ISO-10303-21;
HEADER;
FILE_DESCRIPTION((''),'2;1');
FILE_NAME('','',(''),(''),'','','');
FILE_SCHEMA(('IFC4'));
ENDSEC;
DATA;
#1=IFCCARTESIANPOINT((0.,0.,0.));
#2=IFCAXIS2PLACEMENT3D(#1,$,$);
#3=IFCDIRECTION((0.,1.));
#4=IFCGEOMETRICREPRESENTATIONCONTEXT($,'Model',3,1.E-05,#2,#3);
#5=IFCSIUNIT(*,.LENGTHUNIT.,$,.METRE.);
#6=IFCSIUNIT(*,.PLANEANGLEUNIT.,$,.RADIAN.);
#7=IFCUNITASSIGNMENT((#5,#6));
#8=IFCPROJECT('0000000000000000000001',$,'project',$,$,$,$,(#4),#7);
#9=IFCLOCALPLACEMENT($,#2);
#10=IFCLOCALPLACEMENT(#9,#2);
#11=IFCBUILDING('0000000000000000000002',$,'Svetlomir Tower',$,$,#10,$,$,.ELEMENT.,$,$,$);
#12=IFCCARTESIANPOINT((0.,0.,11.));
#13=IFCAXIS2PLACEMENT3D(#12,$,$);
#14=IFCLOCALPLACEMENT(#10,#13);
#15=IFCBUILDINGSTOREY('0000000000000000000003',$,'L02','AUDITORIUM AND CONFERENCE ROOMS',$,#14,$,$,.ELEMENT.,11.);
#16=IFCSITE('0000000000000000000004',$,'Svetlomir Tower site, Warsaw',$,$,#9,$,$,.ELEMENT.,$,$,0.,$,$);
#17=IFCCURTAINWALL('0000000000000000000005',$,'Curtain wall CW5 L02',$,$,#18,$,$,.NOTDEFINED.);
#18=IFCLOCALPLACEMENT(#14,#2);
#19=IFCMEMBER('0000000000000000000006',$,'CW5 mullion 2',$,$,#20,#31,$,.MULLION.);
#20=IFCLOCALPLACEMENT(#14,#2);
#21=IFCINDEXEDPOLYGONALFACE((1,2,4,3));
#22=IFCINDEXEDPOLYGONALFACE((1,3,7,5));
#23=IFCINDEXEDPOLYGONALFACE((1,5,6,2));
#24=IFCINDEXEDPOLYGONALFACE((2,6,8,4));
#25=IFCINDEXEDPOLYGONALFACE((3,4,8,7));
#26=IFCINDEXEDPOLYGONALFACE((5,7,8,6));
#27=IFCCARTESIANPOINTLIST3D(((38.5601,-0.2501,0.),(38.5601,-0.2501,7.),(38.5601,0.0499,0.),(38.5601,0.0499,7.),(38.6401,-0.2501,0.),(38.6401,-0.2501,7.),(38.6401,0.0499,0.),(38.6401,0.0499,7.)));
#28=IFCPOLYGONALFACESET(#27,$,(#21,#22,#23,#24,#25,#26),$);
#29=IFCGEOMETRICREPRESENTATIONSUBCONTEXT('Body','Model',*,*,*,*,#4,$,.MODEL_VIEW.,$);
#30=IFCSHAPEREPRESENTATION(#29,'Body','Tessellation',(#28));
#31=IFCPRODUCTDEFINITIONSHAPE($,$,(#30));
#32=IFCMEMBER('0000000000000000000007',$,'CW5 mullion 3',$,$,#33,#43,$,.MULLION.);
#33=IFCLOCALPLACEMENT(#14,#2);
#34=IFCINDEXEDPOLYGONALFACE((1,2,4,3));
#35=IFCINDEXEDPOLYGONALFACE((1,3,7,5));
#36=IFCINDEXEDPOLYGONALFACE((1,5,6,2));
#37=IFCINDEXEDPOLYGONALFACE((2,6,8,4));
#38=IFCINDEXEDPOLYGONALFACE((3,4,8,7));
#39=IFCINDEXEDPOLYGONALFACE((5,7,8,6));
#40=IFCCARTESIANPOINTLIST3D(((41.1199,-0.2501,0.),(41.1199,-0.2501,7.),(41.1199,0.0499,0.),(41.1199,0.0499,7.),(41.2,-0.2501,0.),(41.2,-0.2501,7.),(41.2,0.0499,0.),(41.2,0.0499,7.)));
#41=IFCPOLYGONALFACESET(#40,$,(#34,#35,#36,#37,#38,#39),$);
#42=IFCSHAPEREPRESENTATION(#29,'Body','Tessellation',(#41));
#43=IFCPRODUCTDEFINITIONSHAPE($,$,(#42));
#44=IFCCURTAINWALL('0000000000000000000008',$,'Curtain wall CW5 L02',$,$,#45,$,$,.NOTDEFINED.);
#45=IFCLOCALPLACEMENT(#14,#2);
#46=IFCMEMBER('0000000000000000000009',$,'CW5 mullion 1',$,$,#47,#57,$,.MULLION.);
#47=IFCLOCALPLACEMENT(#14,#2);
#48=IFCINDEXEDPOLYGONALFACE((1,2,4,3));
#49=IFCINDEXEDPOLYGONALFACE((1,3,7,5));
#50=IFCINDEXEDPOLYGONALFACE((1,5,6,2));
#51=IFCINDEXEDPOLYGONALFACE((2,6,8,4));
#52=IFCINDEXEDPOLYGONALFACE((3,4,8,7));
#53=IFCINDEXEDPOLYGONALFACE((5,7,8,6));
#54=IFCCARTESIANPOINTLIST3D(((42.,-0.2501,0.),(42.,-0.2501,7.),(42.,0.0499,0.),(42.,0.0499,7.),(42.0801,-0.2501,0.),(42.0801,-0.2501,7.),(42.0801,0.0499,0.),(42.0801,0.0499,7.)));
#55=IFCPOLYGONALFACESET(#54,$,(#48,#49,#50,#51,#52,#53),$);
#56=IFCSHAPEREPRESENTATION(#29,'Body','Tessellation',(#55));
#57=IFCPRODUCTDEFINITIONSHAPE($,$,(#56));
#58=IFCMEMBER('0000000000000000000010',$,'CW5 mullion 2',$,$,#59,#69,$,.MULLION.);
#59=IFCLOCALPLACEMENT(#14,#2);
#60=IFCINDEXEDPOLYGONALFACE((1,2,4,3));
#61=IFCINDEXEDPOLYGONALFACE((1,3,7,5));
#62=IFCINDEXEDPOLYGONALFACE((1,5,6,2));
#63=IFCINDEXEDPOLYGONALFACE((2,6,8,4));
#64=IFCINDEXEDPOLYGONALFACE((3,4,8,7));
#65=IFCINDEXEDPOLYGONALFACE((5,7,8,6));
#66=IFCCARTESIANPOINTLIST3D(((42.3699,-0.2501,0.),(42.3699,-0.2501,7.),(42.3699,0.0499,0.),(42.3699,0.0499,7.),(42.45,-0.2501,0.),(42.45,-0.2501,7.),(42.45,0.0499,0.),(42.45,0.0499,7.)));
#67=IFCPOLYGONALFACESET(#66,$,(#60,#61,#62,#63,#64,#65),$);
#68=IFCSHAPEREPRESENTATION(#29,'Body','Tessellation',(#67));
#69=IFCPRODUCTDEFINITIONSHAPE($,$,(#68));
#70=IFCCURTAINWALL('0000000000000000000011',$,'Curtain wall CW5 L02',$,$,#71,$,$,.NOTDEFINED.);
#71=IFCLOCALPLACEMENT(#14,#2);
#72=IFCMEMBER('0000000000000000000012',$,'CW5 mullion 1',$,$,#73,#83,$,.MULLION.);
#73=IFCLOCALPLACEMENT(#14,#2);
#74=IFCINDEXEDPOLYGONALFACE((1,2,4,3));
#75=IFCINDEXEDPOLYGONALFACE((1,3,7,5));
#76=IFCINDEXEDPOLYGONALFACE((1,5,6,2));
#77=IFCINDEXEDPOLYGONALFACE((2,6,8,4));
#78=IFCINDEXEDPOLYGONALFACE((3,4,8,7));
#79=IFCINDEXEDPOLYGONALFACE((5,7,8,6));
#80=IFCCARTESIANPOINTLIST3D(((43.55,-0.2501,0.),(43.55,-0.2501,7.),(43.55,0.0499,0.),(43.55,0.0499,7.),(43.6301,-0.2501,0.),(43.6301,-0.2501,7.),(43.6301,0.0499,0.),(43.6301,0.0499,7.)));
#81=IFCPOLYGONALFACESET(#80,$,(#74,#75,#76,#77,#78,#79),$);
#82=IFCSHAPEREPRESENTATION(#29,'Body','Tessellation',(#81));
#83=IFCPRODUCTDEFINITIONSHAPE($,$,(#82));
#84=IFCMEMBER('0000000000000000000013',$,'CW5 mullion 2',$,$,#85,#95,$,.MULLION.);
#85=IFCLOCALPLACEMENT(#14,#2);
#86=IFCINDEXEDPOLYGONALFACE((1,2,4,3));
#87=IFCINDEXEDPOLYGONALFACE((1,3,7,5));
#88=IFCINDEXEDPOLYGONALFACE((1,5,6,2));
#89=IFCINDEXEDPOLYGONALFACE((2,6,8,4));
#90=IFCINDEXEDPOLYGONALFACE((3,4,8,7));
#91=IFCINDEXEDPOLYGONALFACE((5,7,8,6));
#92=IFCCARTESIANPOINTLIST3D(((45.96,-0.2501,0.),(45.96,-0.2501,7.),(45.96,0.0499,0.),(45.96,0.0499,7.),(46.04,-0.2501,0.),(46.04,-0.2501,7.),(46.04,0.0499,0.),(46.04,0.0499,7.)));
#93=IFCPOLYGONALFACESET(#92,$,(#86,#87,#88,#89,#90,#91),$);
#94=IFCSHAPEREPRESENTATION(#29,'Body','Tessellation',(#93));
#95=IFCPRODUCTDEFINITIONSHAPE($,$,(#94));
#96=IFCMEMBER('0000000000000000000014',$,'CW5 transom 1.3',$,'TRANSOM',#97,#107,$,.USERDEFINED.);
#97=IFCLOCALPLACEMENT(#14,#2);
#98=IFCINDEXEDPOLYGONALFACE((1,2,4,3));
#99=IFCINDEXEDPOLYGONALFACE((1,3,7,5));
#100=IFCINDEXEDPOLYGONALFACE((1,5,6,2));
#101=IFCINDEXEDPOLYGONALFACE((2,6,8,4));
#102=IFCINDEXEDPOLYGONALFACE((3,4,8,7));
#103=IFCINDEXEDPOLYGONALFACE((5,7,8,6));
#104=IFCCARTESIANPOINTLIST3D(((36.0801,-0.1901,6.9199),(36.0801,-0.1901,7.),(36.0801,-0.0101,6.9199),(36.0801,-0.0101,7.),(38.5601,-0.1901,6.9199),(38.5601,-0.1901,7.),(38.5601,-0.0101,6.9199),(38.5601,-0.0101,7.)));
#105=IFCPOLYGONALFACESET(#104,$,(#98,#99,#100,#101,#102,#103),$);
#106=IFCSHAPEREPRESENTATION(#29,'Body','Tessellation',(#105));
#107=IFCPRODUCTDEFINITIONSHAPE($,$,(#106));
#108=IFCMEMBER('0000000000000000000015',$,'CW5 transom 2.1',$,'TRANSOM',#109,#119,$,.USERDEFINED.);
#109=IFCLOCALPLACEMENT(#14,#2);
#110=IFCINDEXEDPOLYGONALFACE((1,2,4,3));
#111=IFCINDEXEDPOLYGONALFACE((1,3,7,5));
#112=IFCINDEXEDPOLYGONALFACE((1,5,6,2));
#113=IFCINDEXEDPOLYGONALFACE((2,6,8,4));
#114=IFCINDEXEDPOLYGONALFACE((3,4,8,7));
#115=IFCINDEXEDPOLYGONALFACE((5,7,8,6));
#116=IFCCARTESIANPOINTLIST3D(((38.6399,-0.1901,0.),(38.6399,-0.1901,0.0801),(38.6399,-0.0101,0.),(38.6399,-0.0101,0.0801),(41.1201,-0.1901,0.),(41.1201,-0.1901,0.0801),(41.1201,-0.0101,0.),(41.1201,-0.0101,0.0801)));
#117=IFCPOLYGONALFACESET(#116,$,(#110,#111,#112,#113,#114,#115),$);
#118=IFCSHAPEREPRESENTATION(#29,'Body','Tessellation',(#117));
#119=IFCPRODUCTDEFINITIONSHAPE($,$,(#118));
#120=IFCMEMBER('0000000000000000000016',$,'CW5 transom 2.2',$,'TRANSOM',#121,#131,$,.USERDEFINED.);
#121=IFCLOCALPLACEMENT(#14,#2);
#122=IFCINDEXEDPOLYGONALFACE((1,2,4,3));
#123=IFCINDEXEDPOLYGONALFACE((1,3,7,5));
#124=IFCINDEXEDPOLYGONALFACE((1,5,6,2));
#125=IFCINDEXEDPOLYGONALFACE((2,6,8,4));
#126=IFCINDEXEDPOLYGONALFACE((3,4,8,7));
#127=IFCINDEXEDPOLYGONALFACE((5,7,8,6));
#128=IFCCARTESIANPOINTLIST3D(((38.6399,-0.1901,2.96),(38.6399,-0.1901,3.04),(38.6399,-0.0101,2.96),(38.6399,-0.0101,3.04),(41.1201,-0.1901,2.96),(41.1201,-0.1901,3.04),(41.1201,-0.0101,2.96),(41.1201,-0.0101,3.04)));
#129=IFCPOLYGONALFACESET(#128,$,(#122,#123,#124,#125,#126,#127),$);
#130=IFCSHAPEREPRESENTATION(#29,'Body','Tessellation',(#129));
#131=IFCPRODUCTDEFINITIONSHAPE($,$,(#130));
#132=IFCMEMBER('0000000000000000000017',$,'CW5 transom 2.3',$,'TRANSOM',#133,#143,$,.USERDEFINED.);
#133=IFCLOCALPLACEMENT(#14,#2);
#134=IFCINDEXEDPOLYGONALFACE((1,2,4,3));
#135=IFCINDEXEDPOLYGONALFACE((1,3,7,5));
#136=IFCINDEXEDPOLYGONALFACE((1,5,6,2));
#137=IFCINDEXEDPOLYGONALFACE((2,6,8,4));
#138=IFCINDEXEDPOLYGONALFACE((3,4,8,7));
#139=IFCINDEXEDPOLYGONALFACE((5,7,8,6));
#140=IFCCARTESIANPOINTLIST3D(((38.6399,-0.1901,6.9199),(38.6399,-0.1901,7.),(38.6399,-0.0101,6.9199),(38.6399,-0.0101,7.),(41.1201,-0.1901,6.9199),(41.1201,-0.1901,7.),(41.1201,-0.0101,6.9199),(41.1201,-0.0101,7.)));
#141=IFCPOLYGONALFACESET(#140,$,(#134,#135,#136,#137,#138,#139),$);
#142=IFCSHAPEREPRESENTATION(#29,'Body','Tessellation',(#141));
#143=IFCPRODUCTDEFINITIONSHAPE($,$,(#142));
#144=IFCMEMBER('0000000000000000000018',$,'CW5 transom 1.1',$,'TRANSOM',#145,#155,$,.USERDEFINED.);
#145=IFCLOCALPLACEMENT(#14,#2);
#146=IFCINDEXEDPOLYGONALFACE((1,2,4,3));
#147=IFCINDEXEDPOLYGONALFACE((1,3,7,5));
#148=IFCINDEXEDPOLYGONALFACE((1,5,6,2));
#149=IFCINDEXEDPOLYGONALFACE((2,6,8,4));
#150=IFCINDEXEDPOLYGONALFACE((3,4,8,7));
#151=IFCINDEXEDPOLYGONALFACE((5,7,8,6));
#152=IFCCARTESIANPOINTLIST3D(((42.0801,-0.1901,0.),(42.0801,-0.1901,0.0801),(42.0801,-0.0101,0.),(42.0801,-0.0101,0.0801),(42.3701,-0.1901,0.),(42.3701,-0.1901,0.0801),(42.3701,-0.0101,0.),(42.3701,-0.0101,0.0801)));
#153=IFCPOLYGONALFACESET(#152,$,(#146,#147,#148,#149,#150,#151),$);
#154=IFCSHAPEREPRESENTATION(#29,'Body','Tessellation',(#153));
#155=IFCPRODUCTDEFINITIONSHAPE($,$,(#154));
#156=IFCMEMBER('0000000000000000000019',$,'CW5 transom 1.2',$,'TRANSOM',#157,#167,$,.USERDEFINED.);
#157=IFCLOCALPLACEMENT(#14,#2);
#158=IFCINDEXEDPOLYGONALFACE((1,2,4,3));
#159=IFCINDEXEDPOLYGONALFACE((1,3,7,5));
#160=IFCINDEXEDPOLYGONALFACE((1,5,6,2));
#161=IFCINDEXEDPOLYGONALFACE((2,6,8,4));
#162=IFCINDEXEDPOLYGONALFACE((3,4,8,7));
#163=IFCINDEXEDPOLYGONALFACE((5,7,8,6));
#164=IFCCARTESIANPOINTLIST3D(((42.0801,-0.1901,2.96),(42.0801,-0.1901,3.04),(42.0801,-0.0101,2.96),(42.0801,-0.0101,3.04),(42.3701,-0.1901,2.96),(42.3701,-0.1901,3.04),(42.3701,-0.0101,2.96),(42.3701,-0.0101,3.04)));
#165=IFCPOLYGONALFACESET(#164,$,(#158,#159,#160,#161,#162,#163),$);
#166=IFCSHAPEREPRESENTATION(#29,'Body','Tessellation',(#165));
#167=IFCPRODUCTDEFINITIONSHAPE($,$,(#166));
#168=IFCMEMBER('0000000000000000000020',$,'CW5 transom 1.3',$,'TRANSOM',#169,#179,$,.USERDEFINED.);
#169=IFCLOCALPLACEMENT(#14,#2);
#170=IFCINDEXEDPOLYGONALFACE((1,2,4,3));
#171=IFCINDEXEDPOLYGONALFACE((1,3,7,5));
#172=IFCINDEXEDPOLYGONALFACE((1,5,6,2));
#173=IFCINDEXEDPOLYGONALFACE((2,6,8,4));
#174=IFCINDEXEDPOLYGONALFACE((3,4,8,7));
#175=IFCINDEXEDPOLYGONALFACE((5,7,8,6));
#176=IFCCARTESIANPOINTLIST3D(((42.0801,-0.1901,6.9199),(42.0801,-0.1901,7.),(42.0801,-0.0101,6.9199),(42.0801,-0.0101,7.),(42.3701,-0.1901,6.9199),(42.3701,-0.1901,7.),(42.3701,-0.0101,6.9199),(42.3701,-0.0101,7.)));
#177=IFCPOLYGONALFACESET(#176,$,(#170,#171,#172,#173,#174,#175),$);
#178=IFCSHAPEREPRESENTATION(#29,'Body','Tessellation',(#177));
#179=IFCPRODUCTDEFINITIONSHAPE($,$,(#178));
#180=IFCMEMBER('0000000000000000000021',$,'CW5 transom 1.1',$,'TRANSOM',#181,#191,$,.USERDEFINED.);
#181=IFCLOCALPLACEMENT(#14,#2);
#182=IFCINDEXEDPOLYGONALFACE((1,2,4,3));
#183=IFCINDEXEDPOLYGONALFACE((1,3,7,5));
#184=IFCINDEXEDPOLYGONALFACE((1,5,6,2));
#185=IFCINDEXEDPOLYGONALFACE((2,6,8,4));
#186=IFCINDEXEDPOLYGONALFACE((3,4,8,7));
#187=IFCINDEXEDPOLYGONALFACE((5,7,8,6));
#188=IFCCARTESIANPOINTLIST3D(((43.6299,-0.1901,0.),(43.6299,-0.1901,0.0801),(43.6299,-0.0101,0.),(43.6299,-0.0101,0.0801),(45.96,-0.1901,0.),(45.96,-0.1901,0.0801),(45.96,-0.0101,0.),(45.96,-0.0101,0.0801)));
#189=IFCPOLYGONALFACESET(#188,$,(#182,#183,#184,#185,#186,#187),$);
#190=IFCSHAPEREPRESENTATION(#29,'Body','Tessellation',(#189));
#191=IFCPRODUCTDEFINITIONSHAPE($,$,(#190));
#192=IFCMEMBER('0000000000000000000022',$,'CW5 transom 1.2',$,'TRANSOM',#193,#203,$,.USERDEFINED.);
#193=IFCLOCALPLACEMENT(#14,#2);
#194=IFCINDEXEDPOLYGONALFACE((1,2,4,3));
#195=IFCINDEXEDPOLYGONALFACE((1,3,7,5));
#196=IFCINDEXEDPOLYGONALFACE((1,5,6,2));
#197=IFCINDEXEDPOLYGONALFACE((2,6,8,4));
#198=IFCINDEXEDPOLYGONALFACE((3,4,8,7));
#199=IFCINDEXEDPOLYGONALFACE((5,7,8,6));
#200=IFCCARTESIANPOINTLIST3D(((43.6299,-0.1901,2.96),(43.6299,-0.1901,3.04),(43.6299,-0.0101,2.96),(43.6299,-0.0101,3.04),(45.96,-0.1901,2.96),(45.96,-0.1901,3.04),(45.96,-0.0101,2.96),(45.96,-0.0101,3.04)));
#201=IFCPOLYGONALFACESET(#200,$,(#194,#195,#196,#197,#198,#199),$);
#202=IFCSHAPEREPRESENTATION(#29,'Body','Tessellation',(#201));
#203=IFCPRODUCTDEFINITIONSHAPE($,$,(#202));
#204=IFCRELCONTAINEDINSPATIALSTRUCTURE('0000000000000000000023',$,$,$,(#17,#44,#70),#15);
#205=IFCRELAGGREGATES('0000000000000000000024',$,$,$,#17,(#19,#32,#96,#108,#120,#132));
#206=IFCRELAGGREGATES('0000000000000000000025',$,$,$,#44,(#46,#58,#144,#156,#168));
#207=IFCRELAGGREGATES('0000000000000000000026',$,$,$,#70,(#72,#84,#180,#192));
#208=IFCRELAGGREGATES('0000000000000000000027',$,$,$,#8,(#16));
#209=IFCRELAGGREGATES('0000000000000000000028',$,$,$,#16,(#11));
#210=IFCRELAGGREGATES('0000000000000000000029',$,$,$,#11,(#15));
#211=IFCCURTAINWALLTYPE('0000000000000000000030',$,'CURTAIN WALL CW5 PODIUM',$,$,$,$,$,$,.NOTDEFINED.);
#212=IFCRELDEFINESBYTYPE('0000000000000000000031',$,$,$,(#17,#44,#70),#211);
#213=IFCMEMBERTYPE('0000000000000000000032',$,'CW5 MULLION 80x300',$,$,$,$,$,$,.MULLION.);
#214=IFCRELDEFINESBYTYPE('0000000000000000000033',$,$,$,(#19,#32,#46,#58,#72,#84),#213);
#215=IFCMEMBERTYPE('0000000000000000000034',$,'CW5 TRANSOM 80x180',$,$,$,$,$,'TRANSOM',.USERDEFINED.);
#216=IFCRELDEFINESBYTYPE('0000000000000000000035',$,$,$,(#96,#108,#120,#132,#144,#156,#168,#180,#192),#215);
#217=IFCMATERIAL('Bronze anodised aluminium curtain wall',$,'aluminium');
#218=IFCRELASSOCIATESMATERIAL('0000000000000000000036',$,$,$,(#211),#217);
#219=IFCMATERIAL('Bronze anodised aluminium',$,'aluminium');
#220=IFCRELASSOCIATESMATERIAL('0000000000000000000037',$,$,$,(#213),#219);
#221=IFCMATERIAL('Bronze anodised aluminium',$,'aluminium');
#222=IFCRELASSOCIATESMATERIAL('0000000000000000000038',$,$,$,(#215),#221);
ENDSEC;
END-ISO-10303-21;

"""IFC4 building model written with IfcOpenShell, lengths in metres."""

from ifc_helpers import new_model, si_unit, direction, frame, origin, origin_2d, place, context, subcontext, project, spatial, rectangle, extrude, material, material_profile, profile_set, type_object, element, aggregate, save


model = new_model("IFC4")

# Units and contexts
model_context = context("Model", 3, precision=1e-05, world=origin(), true_north=direction((0.0, 1.0)))
body_context = subcontext(model_context, "Body", "Model", "MODEL_VIEW")
ifc_project = project(units=[si_unit("LENGTHUNIT", "METRE"), si_unit("PLANEANGLEUNIT", "RADIAN")], contexts=[model_context])

# Site, building, storey
site_placement = place(None, origin())
site = spatial("IfcSite", under=ifc_project, at=site_placement, Name="Svetlomir Tower site, Warsaw", CompositionType="ELEMENT", RefElevation=0.0)
building_placement = place(site_placement, origin())
building = spatial("IfcBuilding", under=site, at=building_placement, Name="Svetlomir Tower", CompositionType="ELEMENT")
storey_placement = place(building_placement, frame((0.0, 0.0, 11.0)))
storey = spatial("IfcBuildingStorey", under=building, at=storey_placement, Name="L02", Description="AUDITORIUM AND CONFERENCE ROOMS", CompositionType="ELEMENT", Elevation=11.0)

# Curtain walls, members
ifc_material_1 = material(Name="Bronze anodised aluminium curtain wall", Category="aluminium")
curtain_wall_type = type_object("IfcCurtainWallType", Name="CURTAIN WALL CW5 PODIUM", PredefinedType="NOTDEFINED", material=ifc_material_1)
curtain_wall_1_placement = place(storey_placement, origin())
curtain_wall_1 = element("IfcCurtainWall", 1, at=curtain_wall_1_placement, inside=storey, type_object=curtain_wall_type, Name="Curtain wall CW5 L02", PredefinedType="NOTDEFINED")
ifc_material_2 = material(Name="Bronze anodised aluminium", Category="aluminium")
ifc_material_profile_1 = material_profile(ifc_material_2, rectangle(XDim=0.0801, YDim=0.3, at=origin_2d()), Name="AL 80x300")
ifc_profile_set_1 = profile_set([ifc_material_profile_1], Name="Bronze anodised aluminium 6063-T6")
member_type_1 = type_object("IfcMemberType", Name="CW5 MULLION 80x300", PredefinedType="MULLION", material=ifc_profile_set_1)
member_1_placement = place(storey_placement, frame((38.6001, -0.1001, 0.0), z_axis=(0.0, 0.0, 1.0), x_axis=(1.0, 0.0, 0.0)))
member_1 = element("IfcMember", 2, at=member_1_placement, type_object=member_type_1, Name="CW5 mullion 2", PredefinedType="MULLION", context=body_context, shape_type="SweptSolid", body=[
    extrude(rectangle(XDim=0.0801, YDim=0.3, at=origin_2d()), origin(), (0.0, 0.0, 1.0), 7.0),
])
member_2_placement = place(storey_placement, frame((41.1599, -0.1001, 0.0), z_axis=(0.0, 0.0, 1.0), x_axis=(1.0, 0.0, 0.0)))
member_2 = element("IfcMember", 3, at=member_2_placement, type_object=member_type_1, Name="CW5 mullion 3", PredefinedType="MULLION", context=body_context, shape_type="SweptSolid", body=[
    extrude(rectangle(XDim=0.0801, YDim=0.3, at=origin_2d()), origin(), (0.0, 0.0, 1.0), 7.0),
])
curtain_wall_2_placement = place(storey_placement, origin())
curtain_wall_2 = element("IfcCurtainWall", 4, at=curtain_wall_2_placement, inside=storey, type_object=curtain_wall_type, Name="Curtain wall CW5 L02", PredefinedType="NOTDEFINED")
member_3_placement = place(storey_placement, frame((42.04, -0.1001, 0.0), z_axis=(0.0, 0.0, 1.0), x_axis=(1.0, 0.0, 0.0)))
member_3 = element("IfcMember", 5, at=member_3_placement, type_object=member_type_1, Name="CW5 mullion 1", PredefinedType="MULLION", context=body_context, shape_type="SweptSolid", body=[
    extrude(rectangle(XDim=0.0801, YDim=0.3, at=origin_2d()), origin(), (0.0, 0.0, 1.0), 7.0),
])
member_4_placement = place(storey_placement, frame((42.4099, -0.1001, 0.0), z_axis=(0.0, 0.0, 1.0), x_axis=(1.0, 0.0, 0.0)))
member_4 = element("IfcMember", 6, at=member_4_placement, type_object=member_type_1, Name="CW5 mullion 2", PredefinedType="MULLION", context=body_context, shape_type="SweptSolid", body=[
    extrude(rectangle(XDim=0.0801, YDim=0.3, at=origin_2d()), origin(), (0.0, 0.0, 1.0), 7.0),
])
curtain_wall_3_placement = place(storey_placement, origin())
curtain_wall_3 = element("IfcCurtainWall", 7, at=curtain_wall_3_placement, inside=storey, type_object=curtain_wall_type, Name="Curtain wall CW5 L02", PredefinedType="NOTDEFINED")
member_5_placement = place(storey_placement, frame((43.5901, -0.1001, 0.0), z_axis=(0.0, 0.0, 1.0), x_axis=(1.0, 0.0, 0.0)))
member_5 = element("IfcMember", 8, at=member_5_placement, type_object=member_type_1, Name="CW5 mullion 1", PredefinedType="MULLION", context=body_context, shape_type="SweptSolid", body=[
    extrude(rectangle(XDim=0.0801, YDim=0.3, at=origin_2d()), origin(), (0.0, 0.0, 1.0), 7.0),
])
member_6_placement = place(storey_placement, frame((46.0, -0.1001, 0.0), z_axis=(0.0, 0.0, 1.0), x_axis=(1.0, 0.0, 0.0)))
member_6 = element("IfcMember", 9, at=member_6_placement, type_object=member_type_1, Name="CW5 mullion 2", PredefinedType="MULLION", context=body_context, shape_type="SweptSolid", body=[
    extrude(rectangle(XDim=0.0801, YDim=0.3, at=origin_2d()), origin(), (0.0, 0.0, 1.0), 7.0),
])

# Members
ifc_material_3 = material(Name="Bronze anodised aluminium", Category="aluminium")
ifc_material_profile_2 = material_profile(ifc_material_3, rectangle(XDim=0.1799, YDim=0.0801, at=origin_2d()), Name="AL 180x80")
ifc_profile_set_2 = profile_set([ifc_material_profile_2], Name="Bronze anodised aluminium 6063-T6")
member_type_2 = type_object("IfcMemberType", Name="CW5 TRANSOM 80x180", ElementType="TRANSOM", PredefinedType="USERDEFINED", material=ifc_profile_set_2)
member_7_placement = place(storey_placement, frame((36.0801, -0.1001, 6.96), z_axis=(1.0, 0.0, 0.0), x_axis=(0.0, 1.0, 0.0)))
member_7 = element("IfcMember", 10, at=member_7_placement, type_object=member_type_2, Name="CW5 transom 1.3", ObjectType="TRANSOM", PredefinedType="USERDEFINED", context=body_context, shape_type="SweptSolid", body=[
    extrude(rectangle(XDim=0.1799, YDim=0.0801, at=origin_2d()), origin(), (0.0, 0.0, 1.0), 2.48),
])
member_8_placement = place(storey_placement, frame((38.6399, -0.1001, 0.04), z_axis=(1.0, 0.0, 0.0), x_axis=(0.0, 1.0, 0.0)))
member_8 = element("IfcMember", 11, at=member_8_placement, type_object=member_type_2, Name="CW5 transom 2.1", ObjectType="TRANSOM", PredefinedType="USERDEFINED", context=body_context, shape_type="SweptSolid", body=[
    extrude(rectangle(XDim=0.1799, YDim=0.0801, at=origin_2d()), origin(), (0.0, 0.0, 1.0), 2.4802),
])
member_9_placement = place(storey_placement, frame((38.6399, -0.1001, 3.0), z_axis=(1.0, 0.0, 0.0), x_axis=(0.0, 1.0, 0.0)))
member_9 = element("IfcMember", 12, at=member_9_placement, type_object=member_type_2, Name="CW5 transom 2.2", ObjectType="TRANSOM", PredefinedType="USERDEFINED", context=body_context, shape_type="SweptSolid", body=[
    extrude(rectangle(XDim=0.1799, YDim=0.0801, at=origin_2d()), origin(), (0.0, 0.0, 1.0), 2.4802),
])
member_10_placement = place(storey_placement, frame((38.6399, -0.1001, 6.96), z_axis=(1.0, 0.0, 0.0), x_axis=(0.0, 1.0, 0.0)))
member_10 = element("IfcMember", 13, at=member_10_placement, type_object=member_type_2, Name="CW5 transom 2.3", ObjectType="TRANSOM", PredefinedType="USERDEFINED", context=body_context, shape_type="SweptSolid", body=[
    extrude(rectangle(XDim=0.1799, YDim=0.0801, at=origin_2d()), origin(), (0.0, 0.0, 1.0), 2.4802),
])
member_11_placement = place(storey_placement, frame((42.0801, -0.1001, 0.04), z_axis=(1.0, 0.0, 0.0), x_axis=(0.0, 1.0, 0.0)))
member_11 = element("IfcMember", 14, at=member_11_placement, type_object=member_type_2, Name="CW5 transom 1.1", ObjectType="TRANSOM", PredefinedType="USERDEFINED", context=body_context, shape_type="SweptSolid", body=[
    extrude(rectangle(XDim=0.1799, YDim=0.0801, at=origin_2d()), origin(), (0.0, 0.0, 1.0), 0.29),
])
member_12_placement = place(storey_placement, frame((42.0801, -0.1001, 3.0), z_axis=(1.0, 0.0, 0.0), x_axis=(0.0, 1.0, 0.0)))
member_12 = element("IfcMember", 15, at=member_12_placement, type_object=member_type_2, Name="CW5 transom 1.2", ObjectType="TRANSOM", PredefinedType="USERDEFINED", context=body_context, shape_type="SweptSolid", body=[
    extrude(rectangle(XDim=0.1799, YDim=0.0801, at=origin_2d()), origin(), (0.0, 0.0, 1.0), 0.29),
])
member_13_placement = place(storey_placement, frame((42.0801, -0.1001, 6.96), z_axis=(1.0, 0.0, 0.0), x_axis=(0.0, 1.0, 0.0)))
member_13 = element("IfcMember", 16, at=member_13_placement, type_object=member_type_2, Name="CW5 transom 1.3", ObjectType="TRANSOM", PredefinedType="USERDEFINED", context=body_context, shape_type="SweptSolid", body=[
    extrude(rectangle(XDim=0.1799, YDim=0.0801, at=origin_2d()), origin(), (0.0, 0.0, 1.0), 0.29),
])
member_14_placement = place(storey_placement, frame((43.6299, -0.1001, 0.04), z_axis=(1.0, 0.0, 0.0), x_axis=(0.0, 1.0, 0.0)))
member_14 = element("IfcMember", 17, at=member_14_placement, type_object=member_type_2, Name="CW5 transom 1.1", ObjectType="TRANSOM", PredefinedType="USERDEFINED", context=body_context, shape_type="SweptSolid", body=[
    extrude(rectangle(XDim=0.1799, YDim=0.0801, at=origin_2d()), origin(), (0.0, 0.0, 1.0), 2.3301),
])
member_15_placement = place(storey_placement, frame((43.6299, -0.1001, 3.0), z_axis=(1.0, 0.0, 0.0), x_axis=(0.0, 1.0, 0.0)))
member_15 = element("IfcMember", 18, at=member_15_placement, type_object=member_type_2, Name="CW5 transom 1.2", ObjectType="TRANSOM", PredefinedType="USERDEFINED", context=body_context, shape_type="SweptSolid", body=[
    extrude(rectangle(XDim=0.1799, YDim=0.0801, at=origin_2d()), origin(), (0.0, 0.0, 1.0), 2.3301),
])

aggregate(curtain_wall_1, [member_1, member_2, member_7, member_8, member_9, member_10])
aggregate(curtain_wall_2, [member_3, member_4, member_11, member_12, member_13])
aggregate(curtain_wall_3, [member_5, member_6, member_14, member_15])

save(model, "model.ifc")
